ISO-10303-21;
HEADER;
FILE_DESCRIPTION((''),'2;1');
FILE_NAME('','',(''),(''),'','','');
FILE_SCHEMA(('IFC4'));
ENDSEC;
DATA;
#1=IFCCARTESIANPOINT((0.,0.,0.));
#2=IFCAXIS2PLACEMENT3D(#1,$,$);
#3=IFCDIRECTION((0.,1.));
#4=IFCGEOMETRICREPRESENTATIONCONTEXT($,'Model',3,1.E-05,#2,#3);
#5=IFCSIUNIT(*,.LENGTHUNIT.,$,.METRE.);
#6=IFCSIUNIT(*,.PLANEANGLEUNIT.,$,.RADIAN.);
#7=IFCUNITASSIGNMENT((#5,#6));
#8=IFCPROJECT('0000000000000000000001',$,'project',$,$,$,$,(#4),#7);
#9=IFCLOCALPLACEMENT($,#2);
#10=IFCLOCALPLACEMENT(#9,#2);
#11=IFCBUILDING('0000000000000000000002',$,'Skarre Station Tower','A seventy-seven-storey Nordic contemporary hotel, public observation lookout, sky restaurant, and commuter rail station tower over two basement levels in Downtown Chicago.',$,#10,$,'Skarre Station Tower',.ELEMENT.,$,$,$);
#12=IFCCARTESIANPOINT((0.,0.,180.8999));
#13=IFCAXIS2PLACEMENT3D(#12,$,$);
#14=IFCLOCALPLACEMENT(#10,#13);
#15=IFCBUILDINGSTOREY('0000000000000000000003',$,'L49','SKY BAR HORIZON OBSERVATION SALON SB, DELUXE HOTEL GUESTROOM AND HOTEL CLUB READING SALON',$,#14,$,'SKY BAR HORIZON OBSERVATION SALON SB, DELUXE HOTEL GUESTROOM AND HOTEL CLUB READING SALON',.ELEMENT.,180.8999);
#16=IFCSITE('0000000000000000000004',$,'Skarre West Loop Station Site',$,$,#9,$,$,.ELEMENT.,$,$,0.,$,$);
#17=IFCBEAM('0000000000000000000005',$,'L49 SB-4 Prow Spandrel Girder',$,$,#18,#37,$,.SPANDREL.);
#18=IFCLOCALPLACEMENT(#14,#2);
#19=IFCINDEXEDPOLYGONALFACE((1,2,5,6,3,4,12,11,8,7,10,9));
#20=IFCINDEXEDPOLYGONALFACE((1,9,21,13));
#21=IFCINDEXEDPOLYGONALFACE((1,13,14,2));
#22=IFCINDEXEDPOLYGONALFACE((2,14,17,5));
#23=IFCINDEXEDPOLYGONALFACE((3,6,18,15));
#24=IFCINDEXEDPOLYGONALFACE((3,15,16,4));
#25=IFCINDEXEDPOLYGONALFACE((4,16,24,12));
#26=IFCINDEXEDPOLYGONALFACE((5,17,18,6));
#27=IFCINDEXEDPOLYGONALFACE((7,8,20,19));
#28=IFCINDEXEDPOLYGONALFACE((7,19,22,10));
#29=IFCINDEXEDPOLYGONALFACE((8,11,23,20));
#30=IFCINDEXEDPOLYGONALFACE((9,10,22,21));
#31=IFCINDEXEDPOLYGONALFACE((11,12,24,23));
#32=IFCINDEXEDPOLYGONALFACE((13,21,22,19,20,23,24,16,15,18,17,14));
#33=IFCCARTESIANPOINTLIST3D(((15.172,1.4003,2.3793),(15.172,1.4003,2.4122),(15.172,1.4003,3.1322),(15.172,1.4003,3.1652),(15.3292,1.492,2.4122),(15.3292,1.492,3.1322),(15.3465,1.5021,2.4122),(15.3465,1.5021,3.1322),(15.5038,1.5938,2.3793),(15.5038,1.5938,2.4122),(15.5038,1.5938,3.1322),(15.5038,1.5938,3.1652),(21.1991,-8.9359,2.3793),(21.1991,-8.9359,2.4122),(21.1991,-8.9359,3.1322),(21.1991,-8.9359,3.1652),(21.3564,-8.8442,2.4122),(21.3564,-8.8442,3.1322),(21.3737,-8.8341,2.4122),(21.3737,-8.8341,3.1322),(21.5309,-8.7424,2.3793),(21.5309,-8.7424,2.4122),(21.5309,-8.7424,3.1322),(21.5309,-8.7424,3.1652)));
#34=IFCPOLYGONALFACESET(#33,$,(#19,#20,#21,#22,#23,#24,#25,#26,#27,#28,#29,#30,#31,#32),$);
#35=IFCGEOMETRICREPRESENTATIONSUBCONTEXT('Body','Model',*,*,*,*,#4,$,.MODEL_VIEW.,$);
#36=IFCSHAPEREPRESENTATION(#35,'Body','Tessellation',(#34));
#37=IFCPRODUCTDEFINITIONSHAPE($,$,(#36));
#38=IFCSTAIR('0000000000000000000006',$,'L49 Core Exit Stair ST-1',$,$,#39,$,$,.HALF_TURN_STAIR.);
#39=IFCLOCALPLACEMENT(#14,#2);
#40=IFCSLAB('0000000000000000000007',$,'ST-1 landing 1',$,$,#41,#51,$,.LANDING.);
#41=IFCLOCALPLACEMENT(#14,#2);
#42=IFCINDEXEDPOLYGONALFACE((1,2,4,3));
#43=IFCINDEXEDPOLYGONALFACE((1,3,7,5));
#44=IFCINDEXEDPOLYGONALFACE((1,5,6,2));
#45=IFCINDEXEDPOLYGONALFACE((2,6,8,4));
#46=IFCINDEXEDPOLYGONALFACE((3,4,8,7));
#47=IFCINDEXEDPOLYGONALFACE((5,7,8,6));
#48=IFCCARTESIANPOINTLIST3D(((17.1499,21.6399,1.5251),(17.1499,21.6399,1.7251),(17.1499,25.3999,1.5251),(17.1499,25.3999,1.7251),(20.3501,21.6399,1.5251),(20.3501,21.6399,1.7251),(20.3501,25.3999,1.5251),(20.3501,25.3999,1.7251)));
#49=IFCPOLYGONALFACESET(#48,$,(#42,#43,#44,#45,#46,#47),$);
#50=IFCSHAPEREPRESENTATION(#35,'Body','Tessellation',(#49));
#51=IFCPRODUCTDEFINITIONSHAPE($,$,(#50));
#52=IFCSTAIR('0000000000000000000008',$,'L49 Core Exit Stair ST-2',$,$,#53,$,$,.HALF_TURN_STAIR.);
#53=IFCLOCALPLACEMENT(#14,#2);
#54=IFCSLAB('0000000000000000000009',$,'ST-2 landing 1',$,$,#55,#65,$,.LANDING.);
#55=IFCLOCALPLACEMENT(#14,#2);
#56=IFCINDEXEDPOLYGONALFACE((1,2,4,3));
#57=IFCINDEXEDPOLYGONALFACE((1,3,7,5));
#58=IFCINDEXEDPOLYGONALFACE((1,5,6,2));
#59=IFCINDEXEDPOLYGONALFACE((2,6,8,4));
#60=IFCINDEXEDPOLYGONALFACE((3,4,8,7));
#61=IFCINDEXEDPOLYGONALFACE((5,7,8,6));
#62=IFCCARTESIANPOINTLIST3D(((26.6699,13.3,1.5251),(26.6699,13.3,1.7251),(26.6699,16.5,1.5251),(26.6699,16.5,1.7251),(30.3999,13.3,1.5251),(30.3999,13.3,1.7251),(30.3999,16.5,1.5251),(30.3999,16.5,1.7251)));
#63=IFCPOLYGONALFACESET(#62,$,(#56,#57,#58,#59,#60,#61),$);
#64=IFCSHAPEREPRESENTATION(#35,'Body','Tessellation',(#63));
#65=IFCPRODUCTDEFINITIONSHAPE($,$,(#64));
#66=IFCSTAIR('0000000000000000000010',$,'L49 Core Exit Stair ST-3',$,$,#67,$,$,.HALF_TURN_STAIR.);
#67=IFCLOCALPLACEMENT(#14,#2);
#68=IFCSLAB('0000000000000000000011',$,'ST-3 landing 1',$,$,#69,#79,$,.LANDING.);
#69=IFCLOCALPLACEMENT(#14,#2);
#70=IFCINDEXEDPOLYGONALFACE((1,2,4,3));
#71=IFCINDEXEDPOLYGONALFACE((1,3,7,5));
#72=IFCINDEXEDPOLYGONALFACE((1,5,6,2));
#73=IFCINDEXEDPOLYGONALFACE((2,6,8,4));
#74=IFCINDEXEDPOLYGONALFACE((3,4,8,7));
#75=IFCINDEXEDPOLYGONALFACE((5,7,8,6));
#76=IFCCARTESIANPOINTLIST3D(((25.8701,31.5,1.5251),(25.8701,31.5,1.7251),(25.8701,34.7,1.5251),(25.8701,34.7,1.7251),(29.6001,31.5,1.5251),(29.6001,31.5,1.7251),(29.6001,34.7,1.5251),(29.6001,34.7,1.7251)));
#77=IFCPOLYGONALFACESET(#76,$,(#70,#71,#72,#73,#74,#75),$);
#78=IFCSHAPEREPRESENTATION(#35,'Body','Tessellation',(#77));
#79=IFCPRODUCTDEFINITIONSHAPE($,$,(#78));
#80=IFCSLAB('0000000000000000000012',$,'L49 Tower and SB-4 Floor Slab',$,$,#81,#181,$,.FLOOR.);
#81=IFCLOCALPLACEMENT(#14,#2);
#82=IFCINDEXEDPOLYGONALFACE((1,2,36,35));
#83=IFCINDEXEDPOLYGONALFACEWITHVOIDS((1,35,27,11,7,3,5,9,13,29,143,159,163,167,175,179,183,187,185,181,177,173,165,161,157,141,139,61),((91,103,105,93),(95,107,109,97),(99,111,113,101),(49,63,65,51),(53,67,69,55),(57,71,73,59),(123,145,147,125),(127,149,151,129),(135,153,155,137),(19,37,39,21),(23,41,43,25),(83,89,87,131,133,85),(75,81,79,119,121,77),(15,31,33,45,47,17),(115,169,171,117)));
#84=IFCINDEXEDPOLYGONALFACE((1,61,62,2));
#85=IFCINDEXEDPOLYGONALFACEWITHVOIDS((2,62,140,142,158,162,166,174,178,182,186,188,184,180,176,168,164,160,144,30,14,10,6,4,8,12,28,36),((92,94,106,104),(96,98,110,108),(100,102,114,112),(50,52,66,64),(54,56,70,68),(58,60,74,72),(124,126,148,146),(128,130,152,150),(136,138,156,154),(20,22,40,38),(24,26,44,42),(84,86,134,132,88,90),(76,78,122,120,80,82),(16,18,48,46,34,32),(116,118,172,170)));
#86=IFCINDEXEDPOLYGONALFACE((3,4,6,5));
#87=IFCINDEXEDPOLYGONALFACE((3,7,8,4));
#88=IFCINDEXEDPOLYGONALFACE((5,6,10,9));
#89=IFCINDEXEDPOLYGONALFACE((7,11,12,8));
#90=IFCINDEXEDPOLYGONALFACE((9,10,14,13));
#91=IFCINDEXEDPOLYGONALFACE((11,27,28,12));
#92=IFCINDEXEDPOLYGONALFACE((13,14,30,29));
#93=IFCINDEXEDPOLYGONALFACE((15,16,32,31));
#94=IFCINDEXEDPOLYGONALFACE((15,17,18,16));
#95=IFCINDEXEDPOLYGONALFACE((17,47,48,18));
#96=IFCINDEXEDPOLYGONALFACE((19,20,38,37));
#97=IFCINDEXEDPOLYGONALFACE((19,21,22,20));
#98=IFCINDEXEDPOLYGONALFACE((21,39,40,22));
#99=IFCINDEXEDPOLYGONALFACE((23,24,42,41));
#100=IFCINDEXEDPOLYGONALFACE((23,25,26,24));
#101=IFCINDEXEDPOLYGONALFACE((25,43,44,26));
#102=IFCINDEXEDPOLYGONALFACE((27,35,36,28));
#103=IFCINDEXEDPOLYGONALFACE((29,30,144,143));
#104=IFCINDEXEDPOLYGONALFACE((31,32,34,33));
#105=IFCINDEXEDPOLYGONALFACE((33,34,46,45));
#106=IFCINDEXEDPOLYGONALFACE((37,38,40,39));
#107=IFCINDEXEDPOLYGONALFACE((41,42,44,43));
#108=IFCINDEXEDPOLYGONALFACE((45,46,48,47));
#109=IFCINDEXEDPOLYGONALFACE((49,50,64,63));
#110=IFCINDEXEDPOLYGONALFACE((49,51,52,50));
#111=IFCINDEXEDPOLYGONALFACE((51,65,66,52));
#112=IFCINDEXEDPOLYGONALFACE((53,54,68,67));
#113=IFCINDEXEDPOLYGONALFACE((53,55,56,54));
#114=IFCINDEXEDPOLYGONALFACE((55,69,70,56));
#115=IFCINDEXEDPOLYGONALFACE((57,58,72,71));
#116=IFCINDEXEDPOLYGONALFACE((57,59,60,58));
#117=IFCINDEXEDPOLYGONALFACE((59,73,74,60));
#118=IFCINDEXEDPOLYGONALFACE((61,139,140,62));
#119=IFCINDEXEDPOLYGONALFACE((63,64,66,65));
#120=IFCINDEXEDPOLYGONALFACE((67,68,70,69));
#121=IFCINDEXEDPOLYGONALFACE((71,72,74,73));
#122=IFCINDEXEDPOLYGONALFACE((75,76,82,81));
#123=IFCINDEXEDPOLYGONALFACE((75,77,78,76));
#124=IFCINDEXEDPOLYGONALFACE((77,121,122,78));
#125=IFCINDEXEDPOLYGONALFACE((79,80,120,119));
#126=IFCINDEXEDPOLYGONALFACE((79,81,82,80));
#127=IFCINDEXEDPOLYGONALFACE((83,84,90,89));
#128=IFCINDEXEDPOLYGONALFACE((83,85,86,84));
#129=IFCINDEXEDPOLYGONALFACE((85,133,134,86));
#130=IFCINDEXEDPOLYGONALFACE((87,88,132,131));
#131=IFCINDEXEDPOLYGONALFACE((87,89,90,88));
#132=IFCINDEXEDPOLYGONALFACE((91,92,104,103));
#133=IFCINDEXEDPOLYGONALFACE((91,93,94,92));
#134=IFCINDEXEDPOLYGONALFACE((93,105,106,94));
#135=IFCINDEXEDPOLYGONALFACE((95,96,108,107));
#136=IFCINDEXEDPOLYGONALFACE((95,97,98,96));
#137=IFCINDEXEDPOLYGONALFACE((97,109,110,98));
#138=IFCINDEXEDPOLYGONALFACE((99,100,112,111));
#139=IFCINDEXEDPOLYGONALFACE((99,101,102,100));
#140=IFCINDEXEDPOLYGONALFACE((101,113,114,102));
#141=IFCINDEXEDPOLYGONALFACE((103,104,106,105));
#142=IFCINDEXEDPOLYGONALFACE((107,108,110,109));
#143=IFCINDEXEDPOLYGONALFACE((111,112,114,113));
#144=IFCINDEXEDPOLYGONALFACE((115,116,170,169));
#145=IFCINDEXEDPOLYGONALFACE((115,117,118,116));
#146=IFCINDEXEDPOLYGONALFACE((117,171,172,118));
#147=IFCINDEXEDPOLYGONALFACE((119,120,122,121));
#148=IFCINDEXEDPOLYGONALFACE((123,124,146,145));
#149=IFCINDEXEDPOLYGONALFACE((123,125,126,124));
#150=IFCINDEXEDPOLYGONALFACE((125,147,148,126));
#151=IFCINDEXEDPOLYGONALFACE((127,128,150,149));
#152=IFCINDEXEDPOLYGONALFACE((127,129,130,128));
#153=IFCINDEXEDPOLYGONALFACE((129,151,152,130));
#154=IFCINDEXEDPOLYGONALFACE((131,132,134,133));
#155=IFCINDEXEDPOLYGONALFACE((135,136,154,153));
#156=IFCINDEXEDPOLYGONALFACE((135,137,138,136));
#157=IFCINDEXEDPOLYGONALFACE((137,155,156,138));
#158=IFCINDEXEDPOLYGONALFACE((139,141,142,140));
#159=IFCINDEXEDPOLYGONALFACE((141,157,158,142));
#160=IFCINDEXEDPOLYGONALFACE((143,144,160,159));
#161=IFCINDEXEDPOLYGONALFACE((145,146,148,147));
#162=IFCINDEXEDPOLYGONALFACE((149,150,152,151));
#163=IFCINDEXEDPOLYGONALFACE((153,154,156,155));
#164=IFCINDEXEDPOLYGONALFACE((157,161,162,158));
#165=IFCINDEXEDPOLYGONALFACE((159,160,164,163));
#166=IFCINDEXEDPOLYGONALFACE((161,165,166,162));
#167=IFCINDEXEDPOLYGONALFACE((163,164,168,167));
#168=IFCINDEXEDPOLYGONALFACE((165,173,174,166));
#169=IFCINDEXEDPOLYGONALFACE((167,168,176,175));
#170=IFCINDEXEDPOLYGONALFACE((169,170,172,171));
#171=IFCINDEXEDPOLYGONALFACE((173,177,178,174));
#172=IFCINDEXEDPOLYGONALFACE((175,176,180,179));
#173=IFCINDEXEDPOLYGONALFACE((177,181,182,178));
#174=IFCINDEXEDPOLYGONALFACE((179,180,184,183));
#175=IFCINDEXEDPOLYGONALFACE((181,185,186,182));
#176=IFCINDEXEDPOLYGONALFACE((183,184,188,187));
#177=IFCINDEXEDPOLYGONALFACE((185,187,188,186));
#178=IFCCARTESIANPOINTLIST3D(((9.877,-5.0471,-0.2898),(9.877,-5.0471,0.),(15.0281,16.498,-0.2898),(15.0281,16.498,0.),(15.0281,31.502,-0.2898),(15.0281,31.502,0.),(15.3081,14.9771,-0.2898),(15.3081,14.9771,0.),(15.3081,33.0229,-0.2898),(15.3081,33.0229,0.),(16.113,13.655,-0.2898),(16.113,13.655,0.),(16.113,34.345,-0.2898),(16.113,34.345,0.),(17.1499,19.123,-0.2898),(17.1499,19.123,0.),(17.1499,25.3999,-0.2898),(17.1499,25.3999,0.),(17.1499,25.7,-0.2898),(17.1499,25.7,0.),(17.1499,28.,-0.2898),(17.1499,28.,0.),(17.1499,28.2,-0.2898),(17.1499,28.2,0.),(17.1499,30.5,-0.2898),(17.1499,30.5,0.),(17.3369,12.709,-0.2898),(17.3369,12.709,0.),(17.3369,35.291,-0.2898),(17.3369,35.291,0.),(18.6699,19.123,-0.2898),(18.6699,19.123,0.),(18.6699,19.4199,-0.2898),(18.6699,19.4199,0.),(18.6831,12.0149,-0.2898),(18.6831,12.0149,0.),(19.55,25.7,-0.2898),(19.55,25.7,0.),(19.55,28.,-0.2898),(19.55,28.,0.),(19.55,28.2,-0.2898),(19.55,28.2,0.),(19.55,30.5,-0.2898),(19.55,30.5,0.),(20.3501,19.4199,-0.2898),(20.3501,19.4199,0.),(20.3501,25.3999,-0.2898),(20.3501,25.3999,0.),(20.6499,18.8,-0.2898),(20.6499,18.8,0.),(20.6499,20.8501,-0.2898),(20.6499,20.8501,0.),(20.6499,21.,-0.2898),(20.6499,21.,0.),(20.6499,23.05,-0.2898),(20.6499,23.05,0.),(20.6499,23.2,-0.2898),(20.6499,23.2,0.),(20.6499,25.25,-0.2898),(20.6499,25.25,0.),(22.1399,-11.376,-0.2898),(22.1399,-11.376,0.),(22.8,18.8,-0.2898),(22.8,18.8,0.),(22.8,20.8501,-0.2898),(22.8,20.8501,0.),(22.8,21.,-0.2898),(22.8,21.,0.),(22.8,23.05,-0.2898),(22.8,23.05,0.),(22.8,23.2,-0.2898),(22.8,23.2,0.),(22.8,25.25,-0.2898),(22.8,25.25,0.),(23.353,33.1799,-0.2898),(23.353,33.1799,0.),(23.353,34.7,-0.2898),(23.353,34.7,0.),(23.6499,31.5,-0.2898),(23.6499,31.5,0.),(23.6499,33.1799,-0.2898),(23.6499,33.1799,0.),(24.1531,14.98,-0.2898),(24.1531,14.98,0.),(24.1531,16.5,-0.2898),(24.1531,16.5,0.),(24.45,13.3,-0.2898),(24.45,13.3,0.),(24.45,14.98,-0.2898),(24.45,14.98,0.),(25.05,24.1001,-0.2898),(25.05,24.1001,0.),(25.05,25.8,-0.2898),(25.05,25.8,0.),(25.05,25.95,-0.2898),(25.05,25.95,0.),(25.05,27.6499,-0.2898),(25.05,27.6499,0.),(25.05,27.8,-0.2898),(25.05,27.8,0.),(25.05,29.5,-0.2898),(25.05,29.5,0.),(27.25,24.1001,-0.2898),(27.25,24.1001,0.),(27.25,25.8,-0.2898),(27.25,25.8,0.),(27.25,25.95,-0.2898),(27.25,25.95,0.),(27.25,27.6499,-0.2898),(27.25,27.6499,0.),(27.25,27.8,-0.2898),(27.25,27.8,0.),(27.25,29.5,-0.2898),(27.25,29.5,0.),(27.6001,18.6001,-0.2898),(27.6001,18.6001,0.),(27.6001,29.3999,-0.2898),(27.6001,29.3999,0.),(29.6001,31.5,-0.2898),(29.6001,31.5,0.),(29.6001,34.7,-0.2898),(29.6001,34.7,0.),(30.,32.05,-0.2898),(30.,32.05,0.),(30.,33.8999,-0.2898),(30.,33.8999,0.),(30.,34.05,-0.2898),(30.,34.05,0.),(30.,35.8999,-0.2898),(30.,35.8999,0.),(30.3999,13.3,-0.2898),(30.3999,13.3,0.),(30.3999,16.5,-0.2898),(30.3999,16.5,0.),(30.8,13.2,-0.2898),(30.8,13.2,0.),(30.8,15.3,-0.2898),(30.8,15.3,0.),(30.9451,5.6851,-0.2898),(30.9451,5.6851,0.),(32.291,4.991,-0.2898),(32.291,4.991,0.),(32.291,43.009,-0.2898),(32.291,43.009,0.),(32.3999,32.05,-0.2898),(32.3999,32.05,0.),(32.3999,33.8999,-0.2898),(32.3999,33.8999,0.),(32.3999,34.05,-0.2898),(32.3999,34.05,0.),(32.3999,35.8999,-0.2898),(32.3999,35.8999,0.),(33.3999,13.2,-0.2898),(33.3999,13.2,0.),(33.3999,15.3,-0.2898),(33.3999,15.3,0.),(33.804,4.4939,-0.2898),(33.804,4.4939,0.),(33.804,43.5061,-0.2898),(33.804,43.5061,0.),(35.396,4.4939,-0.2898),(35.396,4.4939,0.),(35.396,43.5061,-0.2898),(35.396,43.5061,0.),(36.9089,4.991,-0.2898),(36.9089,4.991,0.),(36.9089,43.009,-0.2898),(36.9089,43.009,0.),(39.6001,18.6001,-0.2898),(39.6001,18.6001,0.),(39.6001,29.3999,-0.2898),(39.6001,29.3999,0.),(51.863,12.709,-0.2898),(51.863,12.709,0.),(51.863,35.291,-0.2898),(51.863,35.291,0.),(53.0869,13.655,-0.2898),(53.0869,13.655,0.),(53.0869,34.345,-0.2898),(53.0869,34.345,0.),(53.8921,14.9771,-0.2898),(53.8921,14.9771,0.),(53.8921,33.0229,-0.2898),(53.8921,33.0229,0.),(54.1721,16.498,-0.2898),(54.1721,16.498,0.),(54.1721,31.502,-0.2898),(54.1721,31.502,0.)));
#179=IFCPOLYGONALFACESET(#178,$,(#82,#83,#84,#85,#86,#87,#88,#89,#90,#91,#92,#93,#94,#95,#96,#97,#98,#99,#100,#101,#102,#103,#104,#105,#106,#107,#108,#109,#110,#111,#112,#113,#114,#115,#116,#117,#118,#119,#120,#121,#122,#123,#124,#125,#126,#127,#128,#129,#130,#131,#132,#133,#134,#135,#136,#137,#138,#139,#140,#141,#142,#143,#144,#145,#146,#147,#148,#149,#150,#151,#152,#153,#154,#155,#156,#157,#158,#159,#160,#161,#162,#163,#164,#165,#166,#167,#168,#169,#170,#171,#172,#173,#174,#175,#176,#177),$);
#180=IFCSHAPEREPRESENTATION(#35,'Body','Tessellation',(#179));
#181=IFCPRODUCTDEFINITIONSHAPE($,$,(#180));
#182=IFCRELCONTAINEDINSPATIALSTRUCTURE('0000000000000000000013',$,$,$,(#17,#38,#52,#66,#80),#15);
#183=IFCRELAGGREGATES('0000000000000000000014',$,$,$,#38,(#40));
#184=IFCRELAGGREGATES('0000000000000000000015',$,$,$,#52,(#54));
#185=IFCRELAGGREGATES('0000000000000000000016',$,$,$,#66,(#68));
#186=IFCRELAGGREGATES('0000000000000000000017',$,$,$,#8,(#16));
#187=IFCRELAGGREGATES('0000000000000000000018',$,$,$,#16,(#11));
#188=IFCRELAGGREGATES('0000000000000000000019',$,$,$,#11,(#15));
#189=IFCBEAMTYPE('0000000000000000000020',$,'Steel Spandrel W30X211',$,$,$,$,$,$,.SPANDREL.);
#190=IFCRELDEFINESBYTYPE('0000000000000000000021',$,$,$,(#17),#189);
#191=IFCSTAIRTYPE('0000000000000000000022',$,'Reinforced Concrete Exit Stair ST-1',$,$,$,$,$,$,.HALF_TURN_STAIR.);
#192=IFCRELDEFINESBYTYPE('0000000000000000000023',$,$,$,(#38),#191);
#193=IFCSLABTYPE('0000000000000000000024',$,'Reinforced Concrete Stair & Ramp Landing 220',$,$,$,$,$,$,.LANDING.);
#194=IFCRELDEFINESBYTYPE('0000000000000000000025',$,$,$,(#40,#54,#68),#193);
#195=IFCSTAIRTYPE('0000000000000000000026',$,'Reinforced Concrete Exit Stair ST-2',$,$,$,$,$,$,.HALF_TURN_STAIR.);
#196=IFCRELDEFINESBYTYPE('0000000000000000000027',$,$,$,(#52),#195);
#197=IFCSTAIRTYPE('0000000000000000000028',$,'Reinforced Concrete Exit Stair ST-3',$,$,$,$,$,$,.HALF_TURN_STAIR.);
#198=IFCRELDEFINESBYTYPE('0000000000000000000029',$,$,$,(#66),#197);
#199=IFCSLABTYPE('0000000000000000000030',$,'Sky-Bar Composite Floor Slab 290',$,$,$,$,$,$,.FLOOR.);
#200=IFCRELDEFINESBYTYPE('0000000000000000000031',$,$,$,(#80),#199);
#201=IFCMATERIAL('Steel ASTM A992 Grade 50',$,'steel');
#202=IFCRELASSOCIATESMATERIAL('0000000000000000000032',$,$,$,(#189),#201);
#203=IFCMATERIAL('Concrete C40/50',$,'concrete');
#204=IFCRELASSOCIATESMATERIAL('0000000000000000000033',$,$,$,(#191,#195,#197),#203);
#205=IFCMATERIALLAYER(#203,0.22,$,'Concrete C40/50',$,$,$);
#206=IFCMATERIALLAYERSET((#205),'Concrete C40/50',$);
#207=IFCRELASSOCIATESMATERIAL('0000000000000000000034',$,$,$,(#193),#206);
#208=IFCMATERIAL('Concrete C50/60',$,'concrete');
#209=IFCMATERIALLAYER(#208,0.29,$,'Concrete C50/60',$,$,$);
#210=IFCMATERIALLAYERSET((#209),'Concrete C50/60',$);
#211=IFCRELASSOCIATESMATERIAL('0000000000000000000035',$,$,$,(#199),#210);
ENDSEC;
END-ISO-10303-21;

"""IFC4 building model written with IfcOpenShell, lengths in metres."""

from ifc_helpers import new_model, si_unit, direction, frame, origin, origin_2d, place, context, subcontext, project, spatial, polyline, i_section, outline, extrude, material, layer, layer_set, material_profile, profile_set, type_object, element, aggregate, save


model = new_model("IFC4")

# Units and contexts
model_context = context("Model", 3, precision=1e-05, world=origin(), true_north=direction((0.0, 1.0)))
body_context = subcontext(model_context, "Body", "Model", "MODEL_VIEW")
ifc_project = project(units=[si_unit("LENGTHUNIT", "METRE"), si_unit("PLANEANGLEUNIT", "RADIAN")], contexts=[model_context])

# Site, building, storey
site_placement = place(None, origin())
site = spatial("IfcSite", under=ifc_project, at=site_placement, Name="Skarre West Loop Station Site", CompositionType="ELEMENT", RefElevation=0.0)
building_placement = place(site_placement, origin())
building = spatial("IfcBuilding", under=site, at=building_placement, Name="Skarre Station Tower", Description="A seventy-seven-storey Nordic contemporary hotel, public observation lookout, sky restaurant, and commuter rail station tower over two basement levels in Downtown Chicago.", LongName="Skarre Station Tower", CompositionType="ELEMENT")
storey_placement = place(building_placement, frame((0.0, 0.0, 180.8999)))
storey = spatial("IfcBuildingStorey", under=building, at=storey_placement, Name="L49", Description="SKY BAR HORIZON OBSERVATION SALON SB, DELUXE HOTEL GUESTROOM AND HOTEL CLUB READING SALON", LongName="SKY BAR HORIZON OBSERVATION SALON SB, DELUXE HOTEL GUESTROOM AND HOTEL CLUB READING SALON", CompositionType="ELEMENT", Elevation=180.8999)

# Shared definitions
ifc_material_1 = material(Name="Concrete C50/60", Category="concrete")

# Beam
ifc_material_2 = material(Name="Steel ASTM A992 Grade 50", Category="steel")
ifc_material_profile_1 = material_profile(ifc_material_2, i_section(OverallWidth=0.384, OverallDepth=0.7859, WebThickness=0.02, FlangeThickness=0.033, at=origin_2d()), Name="Steel ASTM A992 Grade 50")
ifc_profile_set_1 = profile_set([ifc_material_profile_1], Name="Steel ASTM A992 Grade 50")
beam_type_1 = type_object("IfcBeamType", Name="Steel Spandrel W30X211", PredefinedType="SPANDREL", material=ifc_profile_set_1)
beam_1_placement = place(storey_placement, frame((15.3379, 1.4971, 2.7722), z_axis=(0.503725, -0.863864, 0.0), x_axis=(0.863864, 0.503725, 0.0)))
element("IfcBeam", 1, at=beam_1_placement, inside=storey, type_object=beam_type_1, Name="L49 SB-4 Prow Spandrel Girder", PredefinedType="SPANDREL", context=body_context, shape_type="SweptSolid", body=[
    extrude(i_section(OverallWidth=0.384, OverallDepth=0.7859, WebThickness=0.02, FlangeThickness=0.033, at=origin_2d()), origin(), (0.0, 0.0, 1.0), 11.9651),
])

# Stairs, slabs
ifc_material_3 = material(Name="Concrete C40/50", Category="concrete")
stair_type_1 = type_object("IfcStairType", Name="Reinforced Concrete Exit Stair ST-1", PredefinedType="HALF_TURN_STAIR", material=ifc_material_3)
stair_1_placement = place(storey_placement, origin())
stair_1 = element("IfcStair", 2, at=stair_1_placement, inside=storey, type_object=stair_type_1, Name="L49 Core Exit Stair ST-1", PredefinedType="HALF_TURN_STAIR")
ifc_layer_1 = layer(ifc_material_3, 0.22, Name="Concrete C40/50")
ifc_layer_set_1 = layer_set([ifc_layer_1], Name="Concrete C40/50")
slab_type_1 = type_object("IfcSlabType", Name="Reinforced Concrete Stair & Ramp Landing 220", PredefinedType="LANDING", material=ifc_layer_set_1)
slab_1_placement = place(storey_placement, frame((0.0, 0.0, 1.5251)))
slab_1 = element("IfcSlab", 3, at=slab_1_placement, type_object=slab_type_1, Name="ST-1 landing 1", PredefinedType="LANDING", context=body_context, shape_type="SweptSolid", body=[
    extrude(outline(polyline([(20.3501, 21.6399), (20.3501, 25.3999), (17.1499, 25.3999), (17.1499, 21.6399), (20.3501, 21.6399)])), origin(), (0.0, 0.0, 1.0), 0.2),
])
aggregate(stair_1, [slab_1])
stair_type_2 = type_object("IfcStairType", Name="Reinforced Concrete Exit Stair ST-2", PredefinedType="HALF_TURN_STAIR", material=ifc_material_3)
stair_2_placement = place(storey_placement, origin())
stair_2 = element("IfcStair", 4, at=stair_2_placement, inside=storey, type_object=stair_type_2, Name="L49 Core Exit Stair ST-2", PredefinedType="HALF_TURN_STAIR")
slab_2_placement = place(storey_placement, frame((0.0, 0.0, 1.5251)))
slab_2 = element("IfcSlab", 5, at=slab_2_placement, type_object=slab_type_1, Name="ST-2 landing 1", PredefinedType="LANDING", context=body_context, shape_type="SweptSolid", body=[
    extrude(outline(polyline([(26.6699, 13.3), (30.3999, 13.3), (30.3999, 16.5), (26.6699, 16.5), (26.6699, 13.3)])), origin(), (0.0, 0.0, 1.0), 0.2),
])
aggregate(stair_2, [slab_2])
stair_type_3 = type_object("IfcStairType", Name="Reinforced Concrete Exit Stair ST-3", PredefinedType="HALF_TURN_STAIR", material=ifc_material_3)
stair_3_placement = place(storey_placement, origin())
stair_3 = element("IfcStair", 6, at=stair_3_placement, inside=storey, type_object=stair_type_3, Name="L49 Core Exit Stair ST-3", PredefinedType="HALF_TURN_STAIR")
slab_3_placement = place(storey_placement, frame((0.0, 0.0, 1.5251)))
slab_3 = element("IfcSlab", 7, at=slab_3_placement, type_object=slab_type_1, Name="ST-3 landing 1", PredefinedType="LANDING", context=body_context, shape_type="SweptSolid", body=[
    extrude(outline(polyline([(25.8701, 31.5), (29.6001, 31.5), (29.6001, 34.7), (25.8701, 34.7), (25.8701, 31.5)])), origin(), (0.0, 0.0, 1.0), 0.2),
])
aggregate(stair_3, [slab_3])

# Slab
ifc_layer_2 = layer(ifc_material_1, 0.29, Name="Concrete C50/60")
ifc_layer_set_2 = layer_set([ifc_layer_2], Name="Concrete C50/60")
slab_type_2 = type_object("IfcSlabType", Name="Sky-Bar Composite Floor Slab 290", PredefinedType="FLOOR", material=ifc_layer_set_2)
slab_4_placement = place(storey_placement, frame((0.0, 0.0, -0.2898)))
element("IfcSlab", 8, at=slab_4_placement, inside=storey, type_object=slab_type_2, Name="L49 Tower and SB-4 Floor Slab", PredefinedType="FLOOR", context=body_context, shape_type="SweptSolid", body=[
    extrude(outline(polyline([(30.9451, 5.6851), (32.291, 4.991), (33.804, 4.4939), (35.396, 4.4939), (36.9089, 4.991), (51.863, 12.709), (53.0869, 13.655), (53.8921, 14.9771), (54.1721, 16.498), (54.1721, 31.502), (53.8921, 33.0229), (53.0869, 34.345), (51.863, 35.291), (36.9089, 43.009), (35.396, 43.5061), (33.804, 43.5061), (32.291, 43.009), (17.3369, 35.291), (16.113, 34.345), (15.3081, 33.0229), (15.0281, 31.502), (15.0281, 16.498), (15.3081, 14.9771), (16.113, 13.655), (17.3369, 12.709), (18.6831, 12.0149), (9.877, -5.0471), (22.1399, -11.376), (30.9451, 5.6851)]), holes=[polyline([(18.6699, 19.4199), (18.6699, 19.123), (17.1499, 19.123), (17.1499, 25.3999), (20.3501, 25.3999), (20.3501, 19.4199), (18.6699, 19.4199)]), polyline([(24.45, 14.98), (24.1531, 14.98), (24.1531, 16.5), (30.3999, 16.5), (30.3999, 13.3), (24.45, 13.3), (24.45, 14.98)]), polyline([(23.6499, 33.1799), (23.353, 33.1799), (23.353, 34.7), (29.6001, 34.7), (29.6001, 31.5), (23.6499, 31.5), (23.6499, 33.1799)]), polyline([(17.1499, 28.0), (19.55, 28.0), (19.55, 25.7), (17.1499, 25.7), (17.1499, 28.0)]), polyline([(17.1499, 30.5), (19.55, 30.5), (19.55, 28.2), (17.1499, 28.2), (17.1499, 30.5)]), polyline([(30.8, 15.3), (33.3999, 15.3), (33.3999, 13.2), (30.8, 13.2), (30.8, 15.3)]), polyline([(25.05, 25.8), (27.25, 25.8), (27.25, 24.1001), (25.05, 24.1001), (25.05, 25.8)]), polyline([(25.05, 27.6499), (27.25, 27.6499), (27.25, 25.95), (25.05, 25.95), (25.05, 27.6499)]), polyline([(25.05, 29.5), (27.25, 29.5), (27.25, 27.8), (25.05, 27.8), (25.05, 29.5)]), polyline([(20.6499, 20.8501), (22.8, 20.8501), (22.8, 18.8), (20.6499, 18.8), (20.6499, 20.8501)]), polyline([(20.6499, 23.05), (22.8, 23.05), (22.8, 21.0), (20.6499, 21.0), (20.6499, 23.05)]), polyline([(20.6499, 25.25), (22.8, 25.25), (22.8, 23.2), (20.6499, 23.2), (20.6499, 25.25)]), polyline([(30.0, 33.8999), (32.3999, 33.8999), (32.3999, 32.05), (30.0, 32.05), (30.0, 33.8999)]), polyline([(30.0, 35.8999), (32.3999, 35.8999), (32.3999, 34.05), (30.0, 34.05), (30.0, 35.8999)]), polyline([(27.6001, 29.3999), (39.6001, 29.3999), (39.6001, 18.6001), (27.6001, 18.6001), (27.6001, 29.3999)])]), origin(), (0.0, 0.0, 1.0), 0.2898),
])

save(model, "model.ifc")
